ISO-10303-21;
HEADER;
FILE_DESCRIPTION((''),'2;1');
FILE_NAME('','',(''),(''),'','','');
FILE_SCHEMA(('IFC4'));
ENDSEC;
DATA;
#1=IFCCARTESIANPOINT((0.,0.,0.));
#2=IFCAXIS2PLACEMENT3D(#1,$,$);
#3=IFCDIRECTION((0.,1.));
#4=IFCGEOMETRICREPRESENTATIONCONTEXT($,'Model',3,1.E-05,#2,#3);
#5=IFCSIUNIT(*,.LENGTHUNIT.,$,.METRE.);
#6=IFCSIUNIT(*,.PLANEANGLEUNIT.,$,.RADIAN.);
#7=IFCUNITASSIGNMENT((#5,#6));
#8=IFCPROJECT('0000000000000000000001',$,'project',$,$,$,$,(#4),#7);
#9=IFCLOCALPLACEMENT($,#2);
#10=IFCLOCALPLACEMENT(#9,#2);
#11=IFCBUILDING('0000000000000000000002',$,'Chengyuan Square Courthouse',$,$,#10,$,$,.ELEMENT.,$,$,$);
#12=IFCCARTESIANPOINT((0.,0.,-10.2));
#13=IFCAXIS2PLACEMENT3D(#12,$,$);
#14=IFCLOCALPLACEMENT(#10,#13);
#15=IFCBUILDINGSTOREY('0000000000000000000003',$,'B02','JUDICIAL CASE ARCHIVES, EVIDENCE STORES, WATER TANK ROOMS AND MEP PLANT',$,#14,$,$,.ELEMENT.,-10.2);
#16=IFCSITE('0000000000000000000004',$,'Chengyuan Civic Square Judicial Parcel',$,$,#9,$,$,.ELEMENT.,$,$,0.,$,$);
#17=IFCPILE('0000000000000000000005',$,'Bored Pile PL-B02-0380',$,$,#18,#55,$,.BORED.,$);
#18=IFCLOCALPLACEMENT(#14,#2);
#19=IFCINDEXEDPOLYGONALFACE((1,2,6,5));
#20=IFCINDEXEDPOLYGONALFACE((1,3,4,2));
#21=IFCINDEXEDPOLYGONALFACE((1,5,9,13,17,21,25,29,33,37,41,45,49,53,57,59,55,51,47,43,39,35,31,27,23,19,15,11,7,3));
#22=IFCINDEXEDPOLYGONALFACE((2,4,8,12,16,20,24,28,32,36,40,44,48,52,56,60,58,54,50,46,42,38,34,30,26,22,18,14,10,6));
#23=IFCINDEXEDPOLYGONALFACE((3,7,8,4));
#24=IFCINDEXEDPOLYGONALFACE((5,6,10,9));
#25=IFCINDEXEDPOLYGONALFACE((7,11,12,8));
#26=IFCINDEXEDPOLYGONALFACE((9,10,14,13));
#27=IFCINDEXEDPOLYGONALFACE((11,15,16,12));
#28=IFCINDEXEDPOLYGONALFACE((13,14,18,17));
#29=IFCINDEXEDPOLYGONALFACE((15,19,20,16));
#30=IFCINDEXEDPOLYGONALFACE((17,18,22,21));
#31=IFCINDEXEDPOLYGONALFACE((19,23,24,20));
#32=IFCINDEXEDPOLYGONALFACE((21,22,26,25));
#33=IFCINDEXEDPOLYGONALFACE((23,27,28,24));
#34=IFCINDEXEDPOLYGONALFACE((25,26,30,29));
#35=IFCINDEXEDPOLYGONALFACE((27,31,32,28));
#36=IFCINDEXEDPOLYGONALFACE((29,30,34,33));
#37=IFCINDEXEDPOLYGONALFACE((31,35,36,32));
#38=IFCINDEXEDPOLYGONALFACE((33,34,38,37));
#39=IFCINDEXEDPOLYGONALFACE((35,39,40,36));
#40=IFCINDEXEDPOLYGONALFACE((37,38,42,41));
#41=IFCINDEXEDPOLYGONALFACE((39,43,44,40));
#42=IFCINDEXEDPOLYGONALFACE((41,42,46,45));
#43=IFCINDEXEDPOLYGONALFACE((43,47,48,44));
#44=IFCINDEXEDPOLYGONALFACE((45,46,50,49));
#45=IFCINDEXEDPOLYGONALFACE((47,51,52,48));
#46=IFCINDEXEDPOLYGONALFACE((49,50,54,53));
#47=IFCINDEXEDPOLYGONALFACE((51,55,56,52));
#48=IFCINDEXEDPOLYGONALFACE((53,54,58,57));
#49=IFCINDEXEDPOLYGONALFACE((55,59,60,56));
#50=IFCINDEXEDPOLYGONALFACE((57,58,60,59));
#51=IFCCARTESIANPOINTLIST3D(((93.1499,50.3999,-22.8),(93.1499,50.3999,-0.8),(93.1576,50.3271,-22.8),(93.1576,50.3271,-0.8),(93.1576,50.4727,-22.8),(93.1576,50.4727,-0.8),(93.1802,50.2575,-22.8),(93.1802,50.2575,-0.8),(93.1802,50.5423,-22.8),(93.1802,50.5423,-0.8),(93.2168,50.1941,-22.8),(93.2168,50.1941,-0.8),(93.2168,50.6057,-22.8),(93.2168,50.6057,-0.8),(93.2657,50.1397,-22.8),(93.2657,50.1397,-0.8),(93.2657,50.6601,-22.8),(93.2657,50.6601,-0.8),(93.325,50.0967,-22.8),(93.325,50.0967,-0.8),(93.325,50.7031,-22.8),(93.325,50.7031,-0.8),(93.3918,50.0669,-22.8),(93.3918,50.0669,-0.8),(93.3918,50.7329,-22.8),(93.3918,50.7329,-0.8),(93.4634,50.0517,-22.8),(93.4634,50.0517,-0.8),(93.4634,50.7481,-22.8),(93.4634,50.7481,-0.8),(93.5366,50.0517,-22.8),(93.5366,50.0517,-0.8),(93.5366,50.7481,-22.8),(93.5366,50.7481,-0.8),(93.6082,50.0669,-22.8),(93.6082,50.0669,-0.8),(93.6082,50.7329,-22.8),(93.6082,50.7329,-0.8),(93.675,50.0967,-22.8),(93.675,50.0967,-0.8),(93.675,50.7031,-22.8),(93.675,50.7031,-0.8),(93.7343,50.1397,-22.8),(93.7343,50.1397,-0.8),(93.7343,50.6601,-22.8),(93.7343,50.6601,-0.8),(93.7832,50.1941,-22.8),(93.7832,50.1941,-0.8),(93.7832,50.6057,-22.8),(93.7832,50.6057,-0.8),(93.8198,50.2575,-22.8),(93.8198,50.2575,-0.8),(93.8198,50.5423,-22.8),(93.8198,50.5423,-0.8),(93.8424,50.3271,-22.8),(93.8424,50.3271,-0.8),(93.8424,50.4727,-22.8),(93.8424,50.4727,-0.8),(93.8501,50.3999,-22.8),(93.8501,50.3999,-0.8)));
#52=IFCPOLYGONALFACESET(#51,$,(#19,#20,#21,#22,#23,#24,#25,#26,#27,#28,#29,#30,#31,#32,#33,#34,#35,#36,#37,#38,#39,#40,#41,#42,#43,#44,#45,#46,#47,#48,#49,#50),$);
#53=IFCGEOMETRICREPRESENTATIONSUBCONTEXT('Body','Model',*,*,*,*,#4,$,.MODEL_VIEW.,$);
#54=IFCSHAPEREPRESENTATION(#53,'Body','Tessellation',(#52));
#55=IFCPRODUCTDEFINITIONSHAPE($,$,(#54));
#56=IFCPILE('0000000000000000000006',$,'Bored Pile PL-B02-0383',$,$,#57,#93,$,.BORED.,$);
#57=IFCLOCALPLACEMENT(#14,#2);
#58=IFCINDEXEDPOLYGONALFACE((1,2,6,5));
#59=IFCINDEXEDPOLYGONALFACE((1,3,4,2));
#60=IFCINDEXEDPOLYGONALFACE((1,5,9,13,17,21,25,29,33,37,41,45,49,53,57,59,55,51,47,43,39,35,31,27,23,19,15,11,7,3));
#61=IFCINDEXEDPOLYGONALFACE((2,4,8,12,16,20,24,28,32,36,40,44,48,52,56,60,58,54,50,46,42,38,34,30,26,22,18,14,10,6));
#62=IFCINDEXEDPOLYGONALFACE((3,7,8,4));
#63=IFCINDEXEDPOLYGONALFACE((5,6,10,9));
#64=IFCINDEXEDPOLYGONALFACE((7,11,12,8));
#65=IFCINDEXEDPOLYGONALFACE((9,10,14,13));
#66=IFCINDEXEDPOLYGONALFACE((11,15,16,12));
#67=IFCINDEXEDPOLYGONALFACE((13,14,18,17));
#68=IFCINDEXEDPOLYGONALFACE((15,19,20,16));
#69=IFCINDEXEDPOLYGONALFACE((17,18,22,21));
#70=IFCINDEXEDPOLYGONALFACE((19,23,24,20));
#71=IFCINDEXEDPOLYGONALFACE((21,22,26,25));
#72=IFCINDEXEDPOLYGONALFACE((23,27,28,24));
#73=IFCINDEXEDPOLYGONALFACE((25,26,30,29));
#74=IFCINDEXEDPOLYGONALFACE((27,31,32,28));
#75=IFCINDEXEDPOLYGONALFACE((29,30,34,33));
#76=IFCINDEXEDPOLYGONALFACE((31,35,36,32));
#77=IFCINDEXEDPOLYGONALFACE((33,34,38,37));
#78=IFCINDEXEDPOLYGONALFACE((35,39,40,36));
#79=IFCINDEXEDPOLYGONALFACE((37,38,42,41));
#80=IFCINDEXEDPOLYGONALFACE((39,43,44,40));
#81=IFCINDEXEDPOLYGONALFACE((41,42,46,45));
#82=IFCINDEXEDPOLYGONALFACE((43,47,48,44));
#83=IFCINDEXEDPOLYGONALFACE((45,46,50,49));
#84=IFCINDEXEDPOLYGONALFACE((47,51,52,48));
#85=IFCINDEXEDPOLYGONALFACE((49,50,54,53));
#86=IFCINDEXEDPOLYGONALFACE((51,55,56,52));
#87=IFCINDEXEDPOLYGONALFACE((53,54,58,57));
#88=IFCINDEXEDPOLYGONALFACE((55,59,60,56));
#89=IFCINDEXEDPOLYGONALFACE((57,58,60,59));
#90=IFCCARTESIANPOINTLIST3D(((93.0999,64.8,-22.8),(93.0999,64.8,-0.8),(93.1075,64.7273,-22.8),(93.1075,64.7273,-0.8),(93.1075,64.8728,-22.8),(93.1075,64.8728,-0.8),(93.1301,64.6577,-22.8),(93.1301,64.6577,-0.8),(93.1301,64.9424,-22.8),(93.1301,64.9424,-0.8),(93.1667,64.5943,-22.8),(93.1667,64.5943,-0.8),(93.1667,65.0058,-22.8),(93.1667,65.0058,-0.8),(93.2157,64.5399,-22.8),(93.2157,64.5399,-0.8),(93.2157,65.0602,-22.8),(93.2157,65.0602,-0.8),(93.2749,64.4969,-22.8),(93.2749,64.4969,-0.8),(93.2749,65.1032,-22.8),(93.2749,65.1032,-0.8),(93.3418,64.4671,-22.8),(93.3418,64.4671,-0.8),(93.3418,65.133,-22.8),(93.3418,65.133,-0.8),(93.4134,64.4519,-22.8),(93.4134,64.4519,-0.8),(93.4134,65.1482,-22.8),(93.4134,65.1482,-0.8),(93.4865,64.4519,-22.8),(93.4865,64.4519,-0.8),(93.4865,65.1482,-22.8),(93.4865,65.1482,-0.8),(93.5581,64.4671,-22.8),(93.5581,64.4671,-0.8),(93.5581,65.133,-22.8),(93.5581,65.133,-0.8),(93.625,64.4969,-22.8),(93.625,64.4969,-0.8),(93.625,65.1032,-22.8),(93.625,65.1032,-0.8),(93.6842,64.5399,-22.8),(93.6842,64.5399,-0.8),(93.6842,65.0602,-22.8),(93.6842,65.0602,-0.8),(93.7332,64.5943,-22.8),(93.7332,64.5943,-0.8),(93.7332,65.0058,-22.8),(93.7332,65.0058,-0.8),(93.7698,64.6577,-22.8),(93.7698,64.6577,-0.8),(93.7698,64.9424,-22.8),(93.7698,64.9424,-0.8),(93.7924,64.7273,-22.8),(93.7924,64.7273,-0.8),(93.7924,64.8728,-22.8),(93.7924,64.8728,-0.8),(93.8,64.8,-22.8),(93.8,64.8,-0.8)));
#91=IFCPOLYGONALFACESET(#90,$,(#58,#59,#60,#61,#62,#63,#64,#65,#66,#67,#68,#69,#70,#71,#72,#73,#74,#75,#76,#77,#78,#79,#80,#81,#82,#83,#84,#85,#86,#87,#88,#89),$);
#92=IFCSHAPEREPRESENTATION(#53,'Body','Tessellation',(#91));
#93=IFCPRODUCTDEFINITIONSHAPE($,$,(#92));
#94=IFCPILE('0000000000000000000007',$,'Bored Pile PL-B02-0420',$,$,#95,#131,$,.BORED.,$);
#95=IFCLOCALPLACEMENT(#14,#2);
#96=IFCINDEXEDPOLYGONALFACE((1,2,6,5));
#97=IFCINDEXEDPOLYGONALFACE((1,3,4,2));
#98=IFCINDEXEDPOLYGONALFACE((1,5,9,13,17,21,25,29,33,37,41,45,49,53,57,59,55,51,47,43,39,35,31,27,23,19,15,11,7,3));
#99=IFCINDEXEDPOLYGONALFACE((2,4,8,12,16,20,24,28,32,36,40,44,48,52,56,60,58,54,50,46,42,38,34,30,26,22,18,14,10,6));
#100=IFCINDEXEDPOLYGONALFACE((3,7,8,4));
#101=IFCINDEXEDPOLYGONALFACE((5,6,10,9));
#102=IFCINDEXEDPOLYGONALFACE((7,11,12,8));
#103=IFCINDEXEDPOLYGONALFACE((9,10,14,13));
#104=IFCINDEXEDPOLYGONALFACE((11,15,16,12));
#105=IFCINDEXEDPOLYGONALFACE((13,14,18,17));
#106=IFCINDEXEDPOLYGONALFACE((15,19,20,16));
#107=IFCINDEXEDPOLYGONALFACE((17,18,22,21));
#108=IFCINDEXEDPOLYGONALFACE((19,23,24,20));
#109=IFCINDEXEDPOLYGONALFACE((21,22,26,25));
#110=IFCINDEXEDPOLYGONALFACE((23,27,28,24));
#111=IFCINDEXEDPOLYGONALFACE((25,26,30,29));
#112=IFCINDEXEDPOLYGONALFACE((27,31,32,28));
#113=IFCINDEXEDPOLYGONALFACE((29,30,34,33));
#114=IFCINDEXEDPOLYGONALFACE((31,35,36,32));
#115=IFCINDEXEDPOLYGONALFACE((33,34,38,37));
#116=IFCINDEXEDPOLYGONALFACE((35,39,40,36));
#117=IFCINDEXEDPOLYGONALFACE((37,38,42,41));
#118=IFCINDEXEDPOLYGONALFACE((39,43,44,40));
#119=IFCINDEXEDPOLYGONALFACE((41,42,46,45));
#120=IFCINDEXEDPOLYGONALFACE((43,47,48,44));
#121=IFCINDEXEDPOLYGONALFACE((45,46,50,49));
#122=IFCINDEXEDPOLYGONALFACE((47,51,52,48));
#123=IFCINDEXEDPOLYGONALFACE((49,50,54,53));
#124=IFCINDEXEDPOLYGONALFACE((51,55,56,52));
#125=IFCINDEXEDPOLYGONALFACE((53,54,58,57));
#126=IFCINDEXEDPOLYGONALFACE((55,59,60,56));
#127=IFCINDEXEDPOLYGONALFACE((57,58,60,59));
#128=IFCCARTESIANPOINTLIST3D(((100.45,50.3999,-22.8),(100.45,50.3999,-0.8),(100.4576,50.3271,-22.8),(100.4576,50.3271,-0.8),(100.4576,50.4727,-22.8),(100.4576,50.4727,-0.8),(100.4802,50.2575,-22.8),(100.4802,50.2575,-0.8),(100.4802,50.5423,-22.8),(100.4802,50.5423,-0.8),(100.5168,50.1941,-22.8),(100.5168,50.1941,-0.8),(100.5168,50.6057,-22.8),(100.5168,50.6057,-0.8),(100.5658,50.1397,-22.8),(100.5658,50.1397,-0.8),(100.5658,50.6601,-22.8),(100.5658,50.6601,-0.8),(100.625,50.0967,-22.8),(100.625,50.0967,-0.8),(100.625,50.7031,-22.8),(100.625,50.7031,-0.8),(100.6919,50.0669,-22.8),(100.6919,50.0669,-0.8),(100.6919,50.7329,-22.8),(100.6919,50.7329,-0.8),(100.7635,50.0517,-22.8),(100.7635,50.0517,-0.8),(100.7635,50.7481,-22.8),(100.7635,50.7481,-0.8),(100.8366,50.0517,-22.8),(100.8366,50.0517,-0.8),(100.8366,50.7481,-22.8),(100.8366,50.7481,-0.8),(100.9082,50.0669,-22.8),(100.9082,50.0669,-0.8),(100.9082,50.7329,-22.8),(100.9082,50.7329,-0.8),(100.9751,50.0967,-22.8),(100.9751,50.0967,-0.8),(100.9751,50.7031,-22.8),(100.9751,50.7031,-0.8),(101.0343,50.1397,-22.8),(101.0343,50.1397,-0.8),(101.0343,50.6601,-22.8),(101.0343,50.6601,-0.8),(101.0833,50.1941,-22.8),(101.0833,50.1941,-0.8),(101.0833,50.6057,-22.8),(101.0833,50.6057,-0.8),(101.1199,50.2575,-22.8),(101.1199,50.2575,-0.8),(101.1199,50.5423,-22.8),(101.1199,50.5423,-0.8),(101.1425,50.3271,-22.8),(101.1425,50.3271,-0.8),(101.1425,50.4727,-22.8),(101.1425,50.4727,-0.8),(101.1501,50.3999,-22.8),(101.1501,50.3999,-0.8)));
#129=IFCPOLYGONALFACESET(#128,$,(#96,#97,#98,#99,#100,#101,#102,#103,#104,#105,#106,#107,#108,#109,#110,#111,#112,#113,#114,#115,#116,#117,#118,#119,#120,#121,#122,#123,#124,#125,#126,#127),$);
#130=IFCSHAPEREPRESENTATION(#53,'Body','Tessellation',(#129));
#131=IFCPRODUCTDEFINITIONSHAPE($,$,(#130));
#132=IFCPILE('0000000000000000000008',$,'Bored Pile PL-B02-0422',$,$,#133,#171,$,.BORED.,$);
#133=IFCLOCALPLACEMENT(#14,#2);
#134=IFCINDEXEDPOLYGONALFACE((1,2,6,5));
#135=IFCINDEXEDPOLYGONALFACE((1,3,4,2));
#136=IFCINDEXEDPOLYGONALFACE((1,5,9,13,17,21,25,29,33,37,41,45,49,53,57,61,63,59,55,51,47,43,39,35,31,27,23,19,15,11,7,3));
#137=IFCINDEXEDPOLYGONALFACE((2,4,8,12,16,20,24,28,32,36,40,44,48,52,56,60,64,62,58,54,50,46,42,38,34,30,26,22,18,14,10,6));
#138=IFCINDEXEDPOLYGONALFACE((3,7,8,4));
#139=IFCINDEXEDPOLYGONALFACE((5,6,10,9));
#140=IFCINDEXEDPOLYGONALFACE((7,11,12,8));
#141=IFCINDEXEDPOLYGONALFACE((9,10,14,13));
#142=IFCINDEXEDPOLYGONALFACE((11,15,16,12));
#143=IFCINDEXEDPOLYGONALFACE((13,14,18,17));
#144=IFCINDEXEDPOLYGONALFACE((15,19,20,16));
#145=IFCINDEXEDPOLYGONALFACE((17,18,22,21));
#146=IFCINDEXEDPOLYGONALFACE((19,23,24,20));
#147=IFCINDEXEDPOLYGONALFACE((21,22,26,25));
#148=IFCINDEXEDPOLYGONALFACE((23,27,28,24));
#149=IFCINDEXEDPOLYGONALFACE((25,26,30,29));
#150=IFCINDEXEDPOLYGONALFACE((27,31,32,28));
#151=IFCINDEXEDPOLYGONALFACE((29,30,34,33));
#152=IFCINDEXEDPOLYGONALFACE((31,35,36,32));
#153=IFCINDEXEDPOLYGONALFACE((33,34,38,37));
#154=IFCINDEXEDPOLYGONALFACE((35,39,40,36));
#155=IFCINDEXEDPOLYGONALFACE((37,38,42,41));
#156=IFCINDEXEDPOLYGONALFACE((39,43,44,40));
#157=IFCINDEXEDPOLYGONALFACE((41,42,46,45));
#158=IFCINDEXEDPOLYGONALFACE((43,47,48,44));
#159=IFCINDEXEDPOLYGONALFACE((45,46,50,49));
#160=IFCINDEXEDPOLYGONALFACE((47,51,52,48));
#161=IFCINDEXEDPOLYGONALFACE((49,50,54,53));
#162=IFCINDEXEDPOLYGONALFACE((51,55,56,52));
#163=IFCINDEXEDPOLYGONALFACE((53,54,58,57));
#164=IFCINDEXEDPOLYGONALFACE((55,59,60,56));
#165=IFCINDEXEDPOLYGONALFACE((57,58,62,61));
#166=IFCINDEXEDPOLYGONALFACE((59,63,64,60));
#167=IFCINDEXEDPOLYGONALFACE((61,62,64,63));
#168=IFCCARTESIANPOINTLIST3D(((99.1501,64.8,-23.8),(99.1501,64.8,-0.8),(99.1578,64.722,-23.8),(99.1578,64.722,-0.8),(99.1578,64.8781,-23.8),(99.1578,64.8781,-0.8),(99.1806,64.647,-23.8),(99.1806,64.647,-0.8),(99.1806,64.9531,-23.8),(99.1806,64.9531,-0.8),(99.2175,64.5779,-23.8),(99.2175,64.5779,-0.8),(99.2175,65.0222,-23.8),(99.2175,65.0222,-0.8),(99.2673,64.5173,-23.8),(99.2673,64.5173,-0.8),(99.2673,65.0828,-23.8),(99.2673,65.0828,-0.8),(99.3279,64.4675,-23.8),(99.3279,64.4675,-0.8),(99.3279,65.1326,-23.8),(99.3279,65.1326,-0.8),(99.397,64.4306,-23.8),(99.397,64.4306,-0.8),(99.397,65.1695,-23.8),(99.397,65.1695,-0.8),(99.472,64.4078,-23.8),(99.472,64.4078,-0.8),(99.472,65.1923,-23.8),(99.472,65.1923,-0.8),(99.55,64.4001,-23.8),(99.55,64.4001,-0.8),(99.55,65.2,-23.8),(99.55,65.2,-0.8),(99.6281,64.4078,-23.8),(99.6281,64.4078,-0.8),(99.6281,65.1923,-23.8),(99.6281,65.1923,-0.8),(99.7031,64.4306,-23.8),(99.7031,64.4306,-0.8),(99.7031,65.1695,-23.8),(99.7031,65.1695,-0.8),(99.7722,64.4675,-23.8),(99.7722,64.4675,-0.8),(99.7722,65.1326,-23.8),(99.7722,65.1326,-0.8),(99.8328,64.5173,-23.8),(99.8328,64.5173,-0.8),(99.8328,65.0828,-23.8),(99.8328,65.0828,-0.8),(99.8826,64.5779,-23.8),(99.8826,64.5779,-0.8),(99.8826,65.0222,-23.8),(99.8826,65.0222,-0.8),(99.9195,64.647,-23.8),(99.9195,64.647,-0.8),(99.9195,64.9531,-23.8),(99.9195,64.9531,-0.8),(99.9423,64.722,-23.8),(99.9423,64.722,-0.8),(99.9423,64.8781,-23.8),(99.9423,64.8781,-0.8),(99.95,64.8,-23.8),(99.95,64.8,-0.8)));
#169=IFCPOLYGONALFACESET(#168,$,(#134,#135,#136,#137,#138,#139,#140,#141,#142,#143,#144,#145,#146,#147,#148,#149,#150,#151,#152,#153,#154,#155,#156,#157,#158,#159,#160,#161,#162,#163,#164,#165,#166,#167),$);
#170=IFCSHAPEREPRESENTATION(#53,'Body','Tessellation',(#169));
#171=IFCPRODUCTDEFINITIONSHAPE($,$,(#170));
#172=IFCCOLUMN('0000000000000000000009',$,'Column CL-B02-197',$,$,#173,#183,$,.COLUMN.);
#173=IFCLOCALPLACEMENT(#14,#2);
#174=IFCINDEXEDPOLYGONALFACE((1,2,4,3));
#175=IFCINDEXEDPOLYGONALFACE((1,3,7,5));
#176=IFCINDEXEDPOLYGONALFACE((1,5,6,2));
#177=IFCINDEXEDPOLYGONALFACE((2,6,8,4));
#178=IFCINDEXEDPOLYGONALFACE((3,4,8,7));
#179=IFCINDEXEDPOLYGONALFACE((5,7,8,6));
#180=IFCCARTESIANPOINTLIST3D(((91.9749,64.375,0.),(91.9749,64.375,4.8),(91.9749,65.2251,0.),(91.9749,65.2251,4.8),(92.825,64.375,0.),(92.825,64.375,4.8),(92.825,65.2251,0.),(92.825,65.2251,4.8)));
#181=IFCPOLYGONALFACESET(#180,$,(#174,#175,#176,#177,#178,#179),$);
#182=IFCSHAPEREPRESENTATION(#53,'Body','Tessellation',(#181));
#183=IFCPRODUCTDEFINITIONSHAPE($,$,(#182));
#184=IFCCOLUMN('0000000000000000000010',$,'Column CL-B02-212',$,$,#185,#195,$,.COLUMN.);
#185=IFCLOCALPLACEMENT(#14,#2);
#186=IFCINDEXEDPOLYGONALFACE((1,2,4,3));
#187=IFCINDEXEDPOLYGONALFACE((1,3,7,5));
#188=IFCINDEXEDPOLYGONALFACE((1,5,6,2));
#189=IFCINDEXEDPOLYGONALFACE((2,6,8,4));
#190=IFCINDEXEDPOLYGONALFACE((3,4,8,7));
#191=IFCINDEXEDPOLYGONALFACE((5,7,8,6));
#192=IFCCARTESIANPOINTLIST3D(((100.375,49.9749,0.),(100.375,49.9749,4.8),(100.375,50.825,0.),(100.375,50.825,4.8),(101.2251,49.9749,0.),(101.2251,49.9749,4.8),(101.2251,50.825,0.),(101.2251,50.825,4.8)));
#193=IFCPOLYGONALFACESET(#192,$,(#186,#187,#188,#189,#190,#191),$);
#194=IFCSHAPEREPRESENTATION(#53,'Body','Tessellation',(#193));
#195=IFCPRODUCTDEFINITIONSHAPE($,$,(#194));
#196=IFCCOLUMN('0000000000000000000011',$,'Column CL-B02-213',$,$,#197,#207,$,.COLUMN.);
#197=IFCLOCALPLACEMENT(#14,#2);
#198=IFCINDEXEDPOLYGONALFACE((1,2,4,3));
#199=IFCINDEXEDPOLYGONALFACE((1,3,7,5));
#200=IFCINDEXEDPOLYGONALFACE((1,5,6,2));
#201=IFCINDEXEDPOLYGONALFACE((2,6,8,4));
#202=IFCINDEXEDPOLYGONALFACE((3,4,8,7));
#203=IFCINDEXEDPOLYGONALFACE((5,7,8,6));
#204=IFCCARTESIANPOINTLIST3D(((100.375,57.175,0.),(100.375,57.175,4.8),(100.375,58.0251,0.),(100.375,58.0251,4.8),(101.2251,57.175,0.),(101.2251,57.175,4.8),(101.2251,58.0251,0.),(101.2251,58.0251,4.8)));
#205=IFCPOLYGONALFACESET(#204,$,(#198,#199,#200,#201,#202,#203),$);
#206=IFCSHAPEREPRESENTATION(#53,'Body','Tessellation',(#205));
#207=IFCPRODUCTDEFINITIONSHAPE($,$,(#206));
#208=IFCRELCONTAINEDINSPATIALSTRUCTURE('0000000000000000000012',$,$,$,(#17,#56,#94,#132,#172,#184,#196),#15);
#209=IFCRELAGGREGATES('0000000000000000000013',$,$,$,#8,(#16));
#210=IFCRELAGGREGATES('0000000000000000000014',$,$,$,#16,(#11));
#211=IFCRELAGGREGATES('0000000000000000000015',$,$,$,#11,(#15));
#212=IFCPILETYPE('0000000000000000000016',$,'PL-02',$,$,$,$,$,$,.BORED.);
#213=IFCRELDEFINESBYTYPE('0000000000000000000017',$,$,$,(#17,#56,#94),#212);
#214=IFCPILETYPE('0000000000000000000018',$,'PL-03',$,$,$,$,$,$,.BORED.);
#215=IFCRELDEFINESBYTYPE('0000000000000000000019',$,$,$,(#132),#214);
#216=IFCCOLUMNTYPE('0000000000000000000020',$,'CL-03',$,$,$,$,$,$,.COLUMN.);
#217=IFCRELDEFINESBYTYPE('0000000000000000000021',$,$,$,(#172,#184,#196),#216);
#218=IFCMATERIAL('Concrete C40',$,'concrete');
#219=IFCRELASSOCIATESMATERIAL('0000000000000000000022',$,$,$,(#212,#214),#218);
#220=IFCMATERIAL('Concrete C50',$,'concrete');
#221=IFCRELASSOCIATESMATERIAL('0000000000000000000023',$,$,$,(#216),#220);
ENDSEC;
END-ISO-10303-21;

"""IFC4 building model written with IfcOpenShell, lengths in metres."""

from ifc_helpers import new_model, si_unit, direction, frame, origin, origin_2d, place, context, subcontext, project, spatial, rectangle, circle, extrude, material, material_profile, profile_set, type_object, element, save


model = new_model("IFC4")

# Units and contexts
model_context = context("Model", 3, precision=1e-05, world=origin(), true_north=direction((0.0, 1.0)))
body_context = subcontext(model_context, "Body", "Model", "MODEL_VIEW")
ifc_project = project(units=[si_unit("LENGTHUNIT", "METRE"), si_unit("PLANEANGLEUNIT", "RADIAN")], contexts=[model_context])

# Site, building, storey
site_placement = place(None, origin())
site = spatial("IfcSite", under=ifc_project, at=site_placement, Name="Chengyuan Civic Square Judicial Parcel", CompositionType="ELEMENT", RefElevation=0.0)
building_placement = place(site_placement, origin())
building = spatial("IfcBuilding", under=site, at=building_placement, Name="Chengyuan Square Courthouse", CompositionType="ELEMENT")
storey_placement = place(building_placement, frame((0.0, 0.0, -10.2)))
storey = spatial("IfcBuildingStorey", under=building, at=storey_placement, Name="B02", Description="JUDICIAL CASE ARCHIVES, EVIDENCE STORES, WATER TANK ROOMS AND MEP PLANT", CompositionType="ELEMENT", Elevation=-10.2)

# Shared definitions
ifc_material_1 = material(Name="Concrete C40", Category="concrete")

# Piles
ifc_material_profile_1 = material_profile(ifc_material_1, circle(Radius=0.3501, at=origin_2d()), Name="BORED PILE D700")
ifc_profile_set_1 = profile_set([ifc_material_profile_1], Name="Concrete C40")
pile_type_1 = type_object("IfcPileType", Name="PL-02", PredefinedType="BORED", material=ifc_profile_set_1)
for number, where, z_axis, x_axis, name in (
    (1, (93.5, 50.3999, -0.8), (0.0, 0.0, -1.0), (1.0, 0.0, 0.0), "Bored Pile PL-B02-0380"),
    (2, (93.45, 64.8, -0.8), (0.0, 0.0, -1.0), (1.0, 0.0, 0.0), "Bored Pile PL-B02-0383"),
    (3, (100.8, 50.3999, -0.8), (0.0, 0.0, -1.0), (1.0, 0.0, 0.0), "Bored Pile PL-B02-0420"),
):
    element("IfcPile", number, at=place(storey_placement, frame(where, z_axis=z_axis, x_axis=x_axis)), inside=storey, type_object=pile_type_1, Name=name, PredefinedType="BORED", context=body_context, shape_type="SweptSolid", body=[
        extrude(circle(Radius=0.3501, at=origin_2d()), origin(), (0.0, 0.0, 1.0), 22.0),
    ])
ifc_material_profile_2 = material_profile(ifc_material_1, circle(Radius=0.3999, at=origin_2d()), Name="BORED PILE D800")
ifc_profile_set_2 = profile_set([ifc_material_profile_2], Name="Concrete C40")
pile_type_2 = type_object("IfcPileType", Name="PL-03", PredefinedType="BORED", material=ifc_profile_set_2)
pile_1_placement = place(storey_placement, frame((99.55, 64.8, -0.8), z_axis=(0.0, 0.0, -1.0), x_axis=(1.0, 0.0, 0.0)))
element("IfcPile", 4, at=pile_1_placement, inside=storey, type_object=pile_type_2, Name="Bored Pile PL-B02-0422", PredefinedType="BORED", context=body_context, shape_type="SweptSolid", body=[
    extrude(circle(Radius=0.3999, at=origin_2d()), origin(), (0.0, 0.0, 1.0), 23.0),
])

# Columns
ifc_material_2 = material(Name="Concrete C50", Category="concrete")
ifc_material_profile_3 = material_profile(ifc_material_2, rectangle(XDim=0.8501, YDim=0.8501, at=origin_2d()), Name="RC-COL-850x850")
ifc_profile_set_3 = profile_set([ifc_material_profile_3], Name="Concrete C50")
column_type = type_object("IfcColumnType", Name="CL-03", PredefinedType="COLUMN", material=ifc_profile_set_3)
for number, where, z_axis, x_axis, name in (
    (5, (92.3999, 64.8, 0.0), (0.0, 0.0, 1.0), (1.0, 0.0, 0.0), "Column CL-B02-197"),
    (6, (100.8, 50.3999, 0.0), (0.0, 0.0, 1.0), (1.0, 0.0, 0.0), "Column CL-B02-212"),
    (7, (100.8, 57.6001, 0.0), (0.0, 0.0, 1.0), (1.0, 0.0, 0.0), "Column CL-B02-213"),
):
    element("IfcColumn", number, at=place(storey_placement, frame(where, z_axis=z_axis, x_axis=x_axis)), inside=storey, type_object=column_type, Name=name, PredefinedType="COLUMN", context=body_context, shape_type="SweptSolid", body=[
        extrude(rectangle(XDim=0.8501, YDim=0.8501, at=origin_2d()), origin(), (0.0, 0.0, 1.0), 4.8),
    ])

save(model, "model.ifc")
